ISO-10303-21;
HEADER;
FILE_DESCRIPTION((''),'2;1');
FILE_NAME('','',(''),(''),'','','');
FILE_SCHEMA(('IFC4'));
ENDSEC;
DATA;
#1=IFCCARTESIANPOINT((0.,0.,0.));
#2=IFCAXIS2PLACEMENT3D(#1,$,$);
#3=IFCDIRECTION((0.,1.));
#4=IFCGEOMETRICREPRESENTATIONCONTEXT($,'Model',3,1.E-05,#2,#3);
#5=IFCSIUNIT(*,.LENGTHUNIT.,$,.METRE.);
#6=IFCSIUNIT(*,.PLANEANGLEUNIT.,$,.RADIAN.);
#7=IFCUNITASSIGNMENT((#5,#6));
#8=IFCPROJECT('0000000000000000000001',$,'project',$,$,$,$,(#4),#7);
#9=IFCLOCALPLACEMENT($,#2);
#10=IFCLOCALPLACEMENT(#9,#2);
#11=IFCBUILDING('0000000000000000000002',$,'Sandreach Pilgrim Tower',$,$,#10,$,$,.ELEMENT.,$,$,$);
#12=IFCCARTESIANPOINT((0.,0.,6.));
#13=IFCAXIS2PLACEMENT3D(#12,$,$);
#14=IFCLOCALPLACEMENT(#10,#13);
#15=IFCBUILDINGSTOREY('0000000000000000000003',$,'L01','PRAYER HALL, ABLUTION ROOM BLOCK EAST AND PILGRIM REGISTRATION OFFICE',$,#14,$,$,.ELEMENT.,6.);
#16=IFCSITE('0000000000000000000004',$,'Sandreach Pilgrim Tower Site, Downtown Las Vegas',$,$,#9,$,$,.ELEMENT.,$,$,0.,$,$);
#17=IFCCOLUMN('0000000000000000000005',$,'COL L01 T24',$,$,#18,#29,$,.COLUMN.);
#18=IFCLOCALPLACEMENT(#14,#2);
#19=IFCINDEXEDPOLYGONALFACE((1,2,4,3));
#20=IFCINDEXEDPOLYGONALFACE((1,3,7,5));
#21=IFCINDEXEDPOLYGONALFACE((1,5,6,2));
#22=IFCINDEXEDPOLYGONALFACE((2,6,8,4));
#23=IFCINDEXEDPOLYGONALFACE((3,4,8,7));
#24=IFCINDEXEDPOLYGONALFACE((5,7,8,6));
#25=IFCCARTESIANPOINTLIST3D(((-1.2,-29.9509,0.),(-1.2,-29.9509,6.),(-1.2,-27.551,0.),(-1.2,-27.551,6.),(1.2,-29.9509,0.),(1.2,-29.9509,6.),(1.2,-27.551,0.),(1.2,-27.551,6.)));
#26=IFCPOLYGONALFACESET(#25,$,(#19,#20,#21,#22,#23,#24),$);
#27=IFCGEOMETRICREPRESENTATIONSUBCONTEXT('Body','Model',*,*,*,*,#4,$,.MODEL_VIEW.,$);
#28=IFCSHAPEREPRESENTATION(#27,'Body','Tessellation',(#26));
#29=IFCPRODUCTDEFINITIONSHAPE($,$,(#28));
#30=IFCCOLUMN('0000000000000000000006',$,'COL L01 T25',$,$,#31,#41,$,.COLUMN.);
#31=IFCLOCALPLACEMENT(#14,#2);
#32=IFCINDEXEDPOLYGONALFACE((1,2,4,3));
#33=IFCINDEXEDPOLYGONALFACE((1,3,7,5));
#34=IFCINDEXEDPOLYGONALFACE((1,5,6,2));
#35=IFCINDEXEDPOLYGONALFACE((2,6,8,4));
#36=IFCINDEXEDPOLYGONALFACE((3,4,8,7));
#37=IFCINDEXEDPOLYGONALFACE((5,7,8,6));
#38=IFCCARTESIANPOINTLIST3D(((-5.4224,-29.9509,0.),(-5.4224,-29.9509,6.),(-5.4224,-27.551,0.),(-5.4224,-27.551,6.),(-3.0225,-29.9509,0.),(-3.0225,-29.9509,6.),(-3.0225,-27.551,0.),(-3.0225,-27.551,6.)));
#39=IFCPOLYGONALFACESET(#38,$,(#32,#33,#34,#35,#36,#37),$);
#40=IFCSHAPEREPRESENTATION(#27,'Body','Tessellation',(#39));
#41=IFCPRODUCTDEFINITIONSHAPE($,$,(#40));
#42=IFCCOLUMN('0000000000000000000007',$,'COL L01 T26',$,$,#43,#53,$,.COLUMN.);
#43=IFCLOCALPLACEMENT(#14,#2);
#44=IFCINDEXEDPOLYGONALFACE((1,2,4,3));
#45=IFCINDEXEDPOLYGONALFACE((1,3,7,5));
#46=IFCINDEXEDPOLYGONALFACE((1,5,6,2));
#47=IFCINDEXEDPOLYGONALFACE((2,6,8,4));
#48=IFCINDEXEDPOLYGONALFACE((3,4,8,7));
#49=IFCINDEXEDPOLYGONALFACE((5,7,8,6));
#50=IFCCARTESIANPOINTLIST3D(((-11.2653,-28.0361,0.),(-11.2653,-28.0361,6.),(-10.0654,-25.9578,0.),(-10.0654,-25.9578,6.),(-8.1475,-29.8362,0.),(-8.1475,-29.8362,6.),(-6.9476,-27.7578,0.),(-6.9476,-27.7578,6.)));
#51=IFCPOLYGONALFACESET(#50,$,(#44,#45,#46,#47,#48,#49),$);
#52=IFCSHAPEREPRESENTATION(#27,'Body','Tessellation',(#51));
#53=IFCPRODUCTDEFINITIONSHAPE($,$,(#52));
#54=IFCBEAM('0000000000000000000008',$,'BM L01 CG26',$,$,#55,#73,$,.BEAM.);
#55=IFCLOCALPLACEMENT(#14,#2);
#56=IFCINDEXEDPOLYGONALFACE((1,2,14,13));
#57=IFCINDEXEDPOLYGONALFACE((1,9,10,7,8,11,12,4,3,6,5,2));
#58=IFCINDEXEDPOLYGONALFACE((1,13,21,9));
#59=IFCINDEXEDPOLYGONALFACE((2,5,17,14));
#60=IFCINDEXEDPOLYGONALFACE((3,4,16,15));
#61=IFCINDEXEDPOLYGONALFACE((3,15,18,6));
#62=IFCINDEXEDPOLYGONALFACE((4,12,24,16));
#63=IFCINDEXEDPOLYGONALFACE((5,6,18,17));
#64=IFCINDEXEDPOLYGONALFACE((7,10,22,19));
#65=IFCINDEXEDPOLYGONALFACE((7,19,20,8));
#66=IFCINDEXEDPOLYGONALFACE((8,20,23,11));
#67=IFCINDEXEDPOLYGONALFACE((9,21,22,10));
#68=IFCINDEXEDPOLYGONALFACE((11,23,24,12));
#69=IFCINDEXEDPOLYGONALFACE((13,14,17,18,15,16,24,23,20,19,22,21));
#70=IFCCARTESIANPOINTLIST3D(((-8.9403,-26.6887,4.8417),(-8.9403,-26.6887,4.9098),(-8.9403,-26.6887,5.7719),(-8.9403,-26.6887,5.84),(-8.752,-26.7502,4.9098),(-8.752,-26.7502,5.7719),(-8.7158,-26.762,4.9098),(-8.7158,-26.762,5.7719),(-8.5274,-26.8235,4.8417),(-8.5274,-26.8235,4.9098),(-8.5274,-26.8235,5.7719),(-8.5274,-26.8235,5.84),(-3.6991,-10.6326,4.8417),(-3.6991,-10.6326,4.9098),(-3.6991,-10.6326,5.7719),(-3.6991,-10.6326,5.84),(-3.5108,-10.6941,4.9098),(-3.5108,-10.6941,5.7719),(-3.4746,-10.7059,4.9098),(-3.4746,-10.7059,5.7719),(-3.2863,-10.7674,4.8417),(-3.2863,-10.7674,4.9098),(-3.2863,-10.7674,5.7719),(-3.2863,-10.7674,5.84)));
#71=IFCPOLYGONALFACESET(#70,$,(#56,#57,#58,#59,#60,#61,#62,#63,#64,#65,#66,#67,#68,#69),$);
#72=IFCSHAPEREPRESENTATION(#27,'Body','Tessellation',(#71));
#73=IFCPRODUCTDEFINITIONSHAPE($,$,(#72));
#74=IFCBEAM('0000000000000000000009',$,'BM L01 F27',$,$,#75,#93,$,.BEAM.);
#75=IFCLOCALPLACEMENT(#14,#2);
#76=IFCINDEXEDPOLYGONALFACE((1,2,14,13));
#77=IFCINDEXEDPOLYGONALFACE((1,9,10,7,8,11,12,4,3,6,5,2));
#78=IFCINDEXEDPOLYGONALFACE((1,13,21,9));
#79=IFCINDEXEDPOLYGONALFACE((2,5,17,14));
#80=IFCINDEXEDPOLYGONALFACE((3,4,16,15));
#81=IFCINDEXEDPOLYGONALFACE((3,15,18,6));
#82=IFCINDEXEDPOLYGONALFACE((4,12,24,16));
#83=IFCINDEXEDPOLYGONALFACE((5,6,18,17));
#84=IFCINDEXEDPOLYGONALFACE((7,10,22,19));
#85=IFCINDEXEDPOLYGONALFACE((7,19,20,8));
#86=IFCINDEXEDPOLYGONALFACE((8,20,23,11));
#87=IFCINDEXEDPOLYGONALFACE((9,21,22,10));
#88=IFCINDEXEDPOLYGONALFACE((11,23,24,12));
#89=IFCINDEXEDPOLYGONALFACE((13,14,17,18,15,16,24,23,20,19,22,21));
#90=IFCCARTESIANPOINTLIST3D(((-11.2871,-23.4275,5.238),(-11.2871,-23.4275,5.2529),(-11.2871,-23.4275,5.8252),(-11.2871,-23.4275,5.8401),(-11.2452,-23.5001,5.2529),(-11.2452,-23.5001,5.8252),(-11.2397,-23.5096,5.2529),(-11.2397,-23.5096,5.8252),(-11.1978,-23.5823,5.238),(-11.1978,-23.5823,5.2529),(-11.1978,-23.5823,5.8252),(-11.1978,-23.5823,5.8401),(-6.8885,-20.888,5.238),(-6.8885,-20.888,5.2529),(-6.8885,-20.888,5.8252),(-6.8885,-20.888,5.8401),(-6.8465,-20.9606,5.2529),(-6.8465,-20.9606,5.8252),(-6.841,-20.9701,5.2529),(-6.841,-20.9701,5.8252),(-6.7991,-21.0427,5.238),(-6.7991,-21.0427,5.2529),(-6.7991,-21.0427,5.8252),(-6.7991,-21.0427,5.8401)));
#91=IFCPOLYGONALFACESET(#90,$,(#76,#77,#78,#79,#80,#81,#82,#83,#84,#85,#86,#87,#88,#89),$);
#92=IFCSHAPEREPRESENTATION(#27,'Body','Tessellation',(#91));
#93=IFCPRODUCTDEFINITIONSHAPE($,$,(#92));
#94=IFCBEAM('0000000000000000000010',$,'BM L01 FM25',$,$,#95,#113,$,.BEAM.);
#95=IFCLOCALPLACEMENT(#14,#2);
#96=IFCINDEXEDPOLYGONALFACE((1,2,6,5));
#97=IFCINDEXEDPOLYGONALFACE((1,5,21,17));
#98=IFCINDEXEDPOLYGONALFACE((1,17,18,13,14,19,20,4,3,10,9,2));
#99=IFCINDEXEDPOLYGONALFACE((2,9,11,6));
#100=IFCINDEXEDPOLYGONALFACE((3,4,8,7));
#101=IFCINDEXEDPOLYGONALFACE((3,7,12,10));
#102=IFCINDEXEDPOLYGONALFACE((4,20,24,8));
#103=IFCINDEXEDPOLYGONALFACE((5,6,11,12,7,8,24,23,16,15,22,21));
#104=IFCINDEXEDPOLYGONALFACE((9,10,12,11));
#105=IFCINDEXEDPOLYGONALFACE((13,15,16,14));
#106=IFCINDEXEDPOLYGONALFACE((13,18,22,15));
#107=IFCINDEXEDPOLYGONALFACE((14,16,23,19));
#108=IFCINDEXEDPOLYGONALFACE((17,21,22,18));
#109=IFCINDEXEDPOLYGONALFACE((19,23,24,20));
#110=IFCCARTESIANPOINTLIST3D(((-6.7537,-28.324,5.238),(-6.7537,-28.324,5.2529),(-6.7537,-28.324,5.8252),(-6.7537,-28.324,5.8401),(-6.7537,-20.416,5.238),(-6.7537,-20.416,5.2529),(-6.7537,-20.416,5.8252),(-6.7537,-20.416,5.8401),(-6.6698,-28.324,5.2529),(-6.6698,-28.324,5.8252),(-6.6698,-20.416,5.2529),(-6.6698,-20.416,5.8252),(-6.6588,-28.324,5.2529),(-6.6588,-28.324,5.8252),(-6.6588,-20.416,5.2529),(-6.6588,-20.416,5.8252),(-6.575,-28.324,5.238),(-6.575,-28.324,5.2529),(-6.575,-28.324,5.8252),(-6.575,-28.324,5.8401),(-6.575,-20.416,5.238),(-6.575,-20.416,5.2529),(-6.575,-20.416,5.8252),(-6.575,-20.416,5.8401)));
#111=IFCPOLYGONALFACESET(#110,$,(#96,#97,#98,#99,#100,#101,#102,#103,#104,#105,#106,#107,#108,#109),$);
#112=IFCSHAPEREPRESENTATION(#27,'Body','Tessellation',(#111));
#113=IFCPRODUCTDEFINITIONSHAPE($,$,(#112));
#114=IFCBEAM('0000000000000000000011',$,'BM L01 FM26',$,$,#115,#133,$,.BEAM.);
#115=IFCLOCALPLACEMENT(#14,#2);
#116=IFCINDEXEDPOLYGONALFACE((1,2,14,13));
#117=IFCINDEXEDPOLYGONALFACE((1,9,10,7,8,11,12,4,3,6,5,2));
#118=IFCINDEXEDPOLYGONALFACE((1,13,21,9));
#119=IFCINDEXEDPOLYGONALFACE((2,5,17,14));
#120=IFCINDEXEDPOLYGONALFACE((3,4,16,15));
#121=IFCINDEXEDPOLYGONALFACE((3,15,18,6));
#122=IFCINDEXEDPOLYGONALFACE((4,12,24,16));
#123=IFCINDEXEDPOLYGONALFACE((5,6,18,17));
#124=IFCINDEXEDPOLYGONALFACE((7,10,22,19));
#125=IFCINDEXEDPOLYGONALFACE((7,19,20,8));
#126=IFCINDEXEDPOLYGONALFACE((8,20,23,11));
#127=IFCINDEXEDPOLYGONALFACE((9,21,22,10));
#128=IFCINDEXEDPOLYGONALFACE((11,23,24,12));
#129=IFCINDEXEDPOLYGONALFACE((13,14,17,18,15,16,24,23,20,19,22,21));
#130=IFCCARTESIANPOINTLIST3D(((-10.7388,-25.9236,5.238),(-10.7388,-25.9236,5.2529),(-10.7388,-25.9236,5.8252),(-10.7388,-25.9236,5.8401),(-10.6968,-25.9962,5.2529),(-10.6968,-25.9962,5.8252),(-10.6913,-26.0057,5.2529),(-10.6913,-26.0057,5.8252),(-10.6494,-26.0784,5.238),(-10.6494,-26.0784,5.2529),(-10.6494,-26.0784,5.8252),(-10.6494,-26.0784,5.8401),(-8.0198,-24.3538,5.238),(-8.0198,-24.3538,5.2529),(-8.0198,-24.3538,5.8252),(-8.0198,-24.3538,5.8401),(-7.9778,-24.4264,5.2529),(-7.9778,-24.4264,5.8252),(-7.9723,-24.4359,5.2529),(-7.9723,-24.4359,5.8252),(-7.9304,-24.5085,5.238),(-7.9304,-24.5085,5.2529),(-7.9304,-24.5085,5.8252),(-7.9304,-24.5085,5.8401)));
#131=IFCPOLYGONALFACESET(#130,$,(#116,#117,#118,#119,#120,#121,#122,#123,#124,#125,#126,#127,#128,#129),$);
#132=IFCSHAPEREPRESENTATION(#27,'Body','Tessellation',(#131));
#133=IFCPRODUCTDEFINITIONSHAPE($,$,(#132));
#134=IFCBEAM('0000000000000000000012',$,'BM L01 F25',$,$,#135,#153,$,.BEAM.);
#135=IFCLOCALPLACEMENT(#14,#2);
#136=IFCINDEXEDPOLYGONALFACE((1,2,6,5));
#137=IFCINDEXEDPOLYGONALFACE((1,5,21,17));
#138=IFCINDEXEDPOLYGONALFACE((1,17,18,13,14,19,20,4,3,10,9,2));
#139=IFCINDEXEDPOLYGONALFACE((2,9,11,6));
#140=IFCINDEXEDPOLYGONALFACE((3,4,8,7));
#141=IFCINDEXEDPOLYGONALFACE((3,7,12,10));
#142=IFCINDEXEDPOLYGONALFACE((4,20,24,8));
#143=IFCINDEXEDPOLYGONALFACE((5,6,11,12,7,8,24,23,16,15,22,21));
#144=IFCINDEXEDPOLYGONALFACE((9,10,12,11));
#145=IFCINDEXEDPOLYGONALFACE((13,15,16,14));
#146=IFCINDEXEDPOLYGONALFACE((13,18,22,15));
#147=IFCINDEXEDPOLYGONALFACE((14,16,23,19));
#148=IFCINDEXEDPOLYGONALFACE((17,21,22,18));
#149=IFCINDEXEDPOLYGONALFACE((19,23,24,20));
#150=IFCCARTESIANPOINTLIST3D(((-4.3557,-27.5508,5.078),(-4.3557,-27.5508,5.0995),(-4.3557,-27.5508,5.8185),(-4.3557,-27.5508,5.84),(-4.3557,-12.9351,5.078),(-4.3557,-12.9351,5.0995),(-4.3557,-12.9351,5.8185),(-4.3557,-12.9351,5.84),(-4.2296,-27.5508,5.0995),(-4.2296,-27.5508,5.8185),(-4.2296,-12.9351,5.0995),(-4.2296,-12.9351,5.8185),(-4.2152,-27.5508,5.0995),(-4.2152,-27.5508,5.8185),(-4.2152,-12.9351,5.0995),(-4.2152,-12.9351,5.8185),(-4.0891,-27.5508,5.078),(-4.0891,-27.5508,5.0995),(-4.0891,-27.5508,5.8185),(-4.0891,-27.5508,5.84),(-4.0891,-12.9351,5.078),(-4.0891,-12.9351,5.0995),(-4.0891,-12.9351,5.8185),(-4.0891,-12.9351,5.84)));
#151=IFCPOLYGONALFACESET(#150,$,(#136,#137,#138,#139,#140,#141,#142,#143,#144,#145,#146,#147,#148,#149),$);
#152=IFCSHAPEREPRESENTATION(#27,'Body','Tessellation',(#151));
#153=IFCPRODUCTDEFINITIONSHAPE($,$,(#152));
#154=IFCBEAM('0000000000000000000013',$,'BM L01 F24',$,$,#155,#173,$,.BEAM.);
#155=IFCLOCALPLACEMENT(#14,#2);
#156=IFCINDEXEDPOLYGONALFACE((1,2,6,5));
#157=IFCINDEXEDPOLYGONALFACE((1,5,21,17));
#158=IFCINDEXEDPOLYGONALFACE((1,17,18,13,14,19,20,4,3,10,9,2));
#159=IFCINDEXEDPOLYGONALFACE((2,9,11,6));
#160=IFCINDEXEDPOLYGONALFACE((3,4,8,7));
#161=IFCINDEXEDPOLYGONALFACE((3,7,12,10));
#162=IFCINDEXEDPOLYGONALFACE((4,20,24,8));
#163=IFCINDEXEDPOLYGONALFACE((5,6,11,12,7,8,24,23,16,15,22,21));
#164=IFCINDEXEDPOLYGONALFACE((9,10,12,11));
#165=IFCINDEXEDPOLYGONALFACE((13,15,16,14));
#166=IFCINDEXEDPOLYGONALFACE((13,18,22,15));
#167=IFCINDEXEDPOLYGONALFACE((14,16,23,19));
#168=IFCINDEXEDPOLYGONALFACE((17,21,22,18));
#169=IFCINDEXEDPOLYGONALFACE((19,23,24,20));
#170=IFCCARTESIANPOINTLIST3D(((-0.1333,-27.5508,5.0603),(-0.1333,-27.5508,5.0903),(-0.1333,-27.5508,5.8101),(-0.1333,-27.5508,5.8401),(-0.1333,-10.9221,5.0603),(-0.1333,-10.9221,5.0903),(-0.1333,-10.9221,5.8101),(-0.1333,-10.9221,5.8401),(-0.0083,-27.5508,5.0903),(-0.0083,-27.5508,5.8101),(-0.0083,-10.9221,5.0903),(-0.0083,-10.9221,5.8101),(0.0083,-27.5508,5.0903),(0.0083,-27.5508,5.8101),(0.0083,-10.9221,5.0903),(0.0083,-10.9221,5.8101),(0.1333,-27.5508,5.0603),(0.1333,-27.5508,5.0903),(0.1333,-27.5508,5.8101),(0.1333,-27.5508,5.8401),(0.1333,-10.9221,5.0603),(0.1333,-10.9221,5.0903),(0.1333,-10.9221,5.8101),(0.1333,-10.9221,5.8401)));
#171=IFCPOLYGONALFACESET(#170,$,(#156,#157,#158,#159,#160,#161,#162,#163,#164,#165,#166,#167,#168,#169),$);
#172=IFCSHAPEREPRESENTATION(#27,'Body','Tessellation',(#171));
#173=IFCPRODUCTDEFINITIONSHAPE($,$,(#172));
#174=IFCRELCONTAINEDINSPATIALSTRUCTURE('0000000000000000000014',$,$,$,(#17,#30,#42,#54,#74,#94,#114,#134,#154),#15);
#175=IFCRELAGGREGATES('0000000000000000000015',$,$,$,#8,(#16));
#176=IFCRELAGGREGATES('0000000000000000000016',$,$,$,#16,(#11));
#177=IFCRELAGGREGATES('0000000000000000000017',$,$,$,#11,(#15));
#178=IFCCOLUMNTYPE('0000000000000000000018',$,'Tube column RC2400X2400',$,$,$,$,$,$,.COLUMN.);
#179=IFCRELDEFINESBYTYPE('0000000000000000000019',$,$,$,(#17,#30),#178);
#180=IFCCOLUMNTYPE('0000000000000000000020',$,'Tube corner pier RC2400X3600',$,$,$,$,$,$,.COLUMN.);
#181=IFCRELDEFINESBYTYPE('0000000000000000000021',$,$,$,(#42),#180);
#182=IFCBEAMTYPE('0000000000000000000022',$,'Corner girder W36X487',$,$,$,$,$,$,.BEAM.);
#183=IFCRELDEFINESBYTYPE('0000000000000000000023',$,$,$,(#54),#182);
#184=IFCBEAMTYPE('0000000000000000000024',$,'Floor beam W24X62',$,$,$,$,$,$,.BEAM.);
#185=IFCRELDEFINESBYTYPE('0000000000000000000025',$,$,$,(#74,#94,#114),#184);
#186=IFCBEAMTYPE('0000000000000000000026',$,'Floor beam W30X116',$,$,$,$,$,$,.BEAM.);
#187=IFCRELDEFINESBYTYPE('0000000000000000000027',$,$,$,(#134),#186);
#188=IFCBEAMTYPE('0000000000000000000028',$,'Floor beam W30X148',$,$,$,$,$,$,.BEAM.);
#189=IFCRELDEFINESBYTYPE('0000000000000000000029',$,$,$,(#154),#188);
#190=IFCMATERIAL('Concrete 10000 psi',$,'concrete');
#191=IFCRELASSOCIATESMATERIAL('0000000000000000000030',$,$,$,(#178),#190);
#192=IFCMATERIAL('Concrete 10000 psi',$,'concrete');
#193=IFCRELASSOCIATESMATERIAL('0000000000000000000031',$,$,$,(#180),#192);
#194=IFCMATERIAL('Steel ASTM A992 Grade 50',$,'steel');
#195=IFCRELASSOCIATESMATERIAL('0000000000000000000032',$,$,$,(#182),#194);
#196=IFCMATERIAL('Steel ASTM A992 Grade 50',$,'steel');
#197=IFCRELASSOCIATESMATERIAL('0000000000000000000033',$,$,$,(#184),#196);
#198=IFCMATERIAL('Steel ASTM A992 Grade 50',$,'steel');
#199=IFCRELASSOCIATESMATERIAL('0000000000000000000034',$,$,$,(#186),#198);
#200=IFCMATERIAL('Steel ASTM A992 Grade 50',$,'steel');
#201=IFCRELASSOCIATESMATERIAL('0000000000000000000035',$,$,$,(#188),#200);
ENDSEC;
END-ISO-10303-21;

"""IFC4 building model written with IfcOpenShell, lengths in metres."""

from ifc_helpers import new_model, si_unit, direction, frame, origin, origin_2d, place, context, subcontext, project, spatial, rectangle, i_section, extrude, material, material_profile, profile_set, type_object, element, save


model = new_model("IFC4")

# Units and contexts
model_context = context("Model", 3, precision=1e-05, world=origin(), true_north=direction((0.0, 1.0)))
body_context = subcontext(model_context, "Body", "Model", "MODEL_VIEW")
ifc_project = project(units=[si_unit("LENGTHUNIT", "METRE"), si_unit("PLANEANGLEUNIT", "RADIAN")], contexts=[model_context])

# Site, building, storey
site_placement = place(None, origin())
site = spatial("IfcSite", under=ifc_project, at=site_placement, Name="Sandreach Pilgrim Tower Site, Downtown Las Vegas", CompositionType="ELEMENT", RefElevation=0.0)
building_placement = place(site_placement, origin())
building = spatial("IfcBuilding", under=site, at=building_placement, Name="Sandreach Pilgrim Tower", CompositionType="ELEMENT")
storey_placement = place(building_placement, frame((0.0, 0.0, 6.0)))
storey = spatial("IfcBuildingStorey", under=building, at=storey_placement, Name="L01", Description="PRAYER HALL, ABLUTION ROOM BLOCK EAST AND PILGRIM REGISTRATION OFFICE", CompositionType="ELEMENT", Elevation=6.0)

# Columns
ifc_material_1 = material(Name="Concrete 10000 psi", Category="concrete")
ifc_material_profile_1 = material_profile(ifc_material_1, rectangle(XDim=2.3999, YDim=2.3999, at=origin_2d()), Name="RC2400X2400")
ifc_profile_set_1 = profile_set([ifc_material_profile_1], Name="Concrete 10000 psi")
column_type_1 = type_object("IfcColumnType", Name="Tube column RC2400X2400", PredefinedType="COLUMN", material=ifc_profile_set_1)
for number, where, z_axis, x_axis, name in (
    (1, (0.0, -28.751, 0.0), (0.0, 0.0, 1.0), (0.0, -1.0, 0.0), "COL L01 T24"),
    (2, (-4.2224, -28.751, 0.0), (0.0, 0.0, 1.0), (0.0, -1.0, 0.0), "COL L01 T25"),
):
    element("IfcColumn", number, at=place(storey_placement, frame(where, z_axis=z_axis, x_axis=x_axis)), inside=storey, type_object=column_type_1, Name=name, PredefinedType="COLUMN", context=body_context, shape_type="SweptSolid", body=[
        extrude(rectangle(XDim=2.3999, YDim=2.3999, at=origin_2d()), origin(), (0.0, 0.0, 1.0), 6.0),
    ])
ifc_material_2 = material(Name="Concrete 10000 psi", Category="concrete")
ifc_material_profile_2 = material_profile(ifc_material_2, rectangle(XDim=2.3999, YDim=3.6001, at=origin_2d()), Name="RC2400X3600")
ifc_profile_set_2 = profile_set([ifc_material_profile_2], Name="Concrete 10000 psi")
column_type_2 = type_object("IfcColumnType", Name="Tube corner pier RC2400X3600", PredefinedType="COLUMN", material=ifc_profile_set_2)
column_placement = place(storey_placement, frame((-9.1064, -27.897, 0.0), z_axis=(0.0, 0.0, 1.0), x_axis=(-0.5, -0.866025, 0.0)))
element("IfcColumn", 3, at=column_placement, inside=storey, type_object=column_type_2, Name="COL L01 T26", PredefinedType="COLUMN", context=body_context, shape_type="SweptSolid", body=[
    extrude(rectangle(XDim=2.3999, YDim=3.6001, at=origin_2d()), origin(), (0.0, 0.0, 1.0), 6.0),
])

# Beams
ifc_material_3 = material(Name="Steel ASTM A992 Grade 50", Category="steel")
ifc_material_profile_3 = material_profile(ifc_material_3, i_section(OverallWidth=0.4343, OverallDepth=0.9983, WebThickness=0.0381, FlangeThickness=0.0681, at=origin_2d()), Name="W36X487")
ifc_profile_set_3 = profile_set([ifc_material_profile_3], Name="Steel ASTM A992 Grade 50")
beam_type_1 = type_object("IfcBeamType", Name="Corner girder W36X487", PredefinedType="BEAM", material=ifc_profile_set_3)
beam_1_placement = place(storey_placement, frame((-8.7339, -26.7561, 5.3408), z_axis=(0.310315, 0.950634, 0.0), x_axis=(-0.950634, 0.310315, 0.0)))
element("IfcBeam", 4, at=beam_1_placement, inside=storey, type_object=beam_type_1, Name="BM L01 CG26", PredefinedType="BEAM", context=body_context, shape_type="SweptSolid", body=[
    extrude(i_section(OverallWidth=0.4343, OverallDepth=0.9983, WebThickness=0.0381, FlangeThickness=0.0681, at=origin_2d()), origin(), (0.0, 0.0, 1.0), 16.8899),
])
ifc_material_4 = material(Name="Steel ASTM A992 Grade 50", Category="steel")
ifc_material_profile_4 = material_profile(ifc_material_4, i_section(OverallWidth=0.1787, OverallDepth=0.6021, WebThickness=0.011, FlangeThickness=0.0149, at=origin_2d()), Name="W24X62")
ifc_profile_set_4 = profile_set([ifc_material_profile_4], Name="Steel ASTM A992 Grade 50")
beam_type_2 = type_object("IfcBeamType", Name="Floor beam W24X62", PredefinedType="BEAM", material=ifc_profile_set_4)
beam_2_placement = place(storey_placement, frame((-11.2424, -23.5049, 5.5391), z_axis=(0.866028, 0.499996, 0.0), x_axis=(-0.499996, 0.866028, 0.0)))
element("IfcBeam", 5, at=beam_2_placement, inside=storey, type_object=beam_type_2, Name="BM L01 F27", PredefinedType="BEAM", context=body_context, shape_type="SweptSolid", body=[
    extrude(i_section(OverallWidth=0.1787, OverallDepth=0.6021, WebThickness=0.011, FlangeThickness=0.0149, at=origin_2d()), origin(), (0.0, 0.0, 1.0), 5.0791),
])
beam_3_placement = place(storey_placement, frame((-6.6643, -28.324, 5.5391), z_axis=(0.0, 1.0, 0.0), x_axis=(-1.0, 0.0, 0.0)))
element("IfcBeam", 6, at=beam_3_placement, inside=storey, type_object=beam_type_2, Name="BM L01 FM25", PredefinedType="BEAM", context=body_context, shape_type="SweptSolid", body=[
    extrude(i_section(OverallWidth=0.1787, OverallDepth=0.6021, WebThickness=0.011, FlangeThickness=0.0149, at=origin_2d()), origin(), (0.0, 0.0, 1.0), 7.908),
])
beam_4_placement = place(storey_placement, frame((-10.6941, -26.001, 5.5391), z_axis=(0.866024, 0.500003, 0.0), x_axis=(-0.500003, 0.866024, 0.0)))
element("IfcBeam", 7, at=beam_4_placement, inside=storey, type_object=beam_type_2, Name="BM L01 FM26", PredefinedType="BEAM", context=body_context, shape_type="SweptSolid", body=[
    extrude(i_section(OverallWidth=0.1787, OverallDepth=0.6021, WebThickness=0.011, FlangeThickness=0.0149, at=origin_2d()), origin(), (0.0, 0.0, 1.0), 3.1396),
])
ifc_material_5 = material(Name="Steel ASTM A992 Grade 50", Category="steel")
ifc_material_profile_5 = material_profile(ifc_material_5, i_section(OverallWidth=0.2666, OverallDepth=0.762, WebThickness=0.0144, FlangeThickness=0.0215, at=origin_2d()), Name="W30X116")
ifc_profile_set_5 = profile_set([ifc_material_profile_5], Name="Steel ASTM A992 Grade 50")
beam_type_3 = type_object("IfcBeamType", Name="Floor beam W30X116", PredefinedType="BEAM", material=ifc_profile_set_5)
beam_5_placement = place(storey_placement, frame((-4.2224, -27.5508, 5.459), z_axis=(0.0, 1.0, 0.0), x_axis=(-1.0, 0.0, 0.0)))
element("IfcBeam", 8, at=beam_5_placement, inside=storey, type_object=beam_type_3, Name="BM L01 F25", PredefinedType="BEAM", context=body_context, shape_type="SweptSolid", body=[
    extrude(i_section(OverallWidth=0.2666, OverallDepth=0.762, WebThickness=0.0144, FlangeThickness=0.0215, at=origin_2d()), origin(), (0.0, 0.0, 1.0), 14.6157),
])
ifc_material_6 = material(Name="Steel ASTM A992 Grade 50", Category="steel")
ifc_material_profile_6 = material_profile(ifc_material_6, i_section(OverallWidth=0.2666, OverallDepth=0.7798, WebThickness=0.0166, FlangeThickness=0.03, at=origin_2d()), Name="W30X148")
ifc_profile_set_6 = profile_set([ifc_material_profile_6], Name="Steel ASTM A992 Grade 50")
beam_type_4 = type_object("IfcBeamType", Name="Floor beam W30X148", PredefinedType="BEAM", material=ifc_profile_set_6)
beam_6_placement = place(storey_placement, frame((0.0, -27.5508, 5.4502), z_axis=(0.0, 1.0, 0.0), x_axis=(-1.0, 0.0, 0.0)))
element("IfcBeam", 9, at=beam_6_placement, inside=storey, type_object=beam_type_4, Name="BM L01 F24", PredefinedType="BEAM", context=body_context, shape_type="SweptSolid", body=[
    extrude(i_section(OverallWidth=0.2666, OverallDepth=0.7798, WebThickness=0.0166, FlangeThickness=0.03, at=origin_2d()), origin(), (0.0, 0.0, 1.0), 16.6287),
])

save(model, "model.ifc")
